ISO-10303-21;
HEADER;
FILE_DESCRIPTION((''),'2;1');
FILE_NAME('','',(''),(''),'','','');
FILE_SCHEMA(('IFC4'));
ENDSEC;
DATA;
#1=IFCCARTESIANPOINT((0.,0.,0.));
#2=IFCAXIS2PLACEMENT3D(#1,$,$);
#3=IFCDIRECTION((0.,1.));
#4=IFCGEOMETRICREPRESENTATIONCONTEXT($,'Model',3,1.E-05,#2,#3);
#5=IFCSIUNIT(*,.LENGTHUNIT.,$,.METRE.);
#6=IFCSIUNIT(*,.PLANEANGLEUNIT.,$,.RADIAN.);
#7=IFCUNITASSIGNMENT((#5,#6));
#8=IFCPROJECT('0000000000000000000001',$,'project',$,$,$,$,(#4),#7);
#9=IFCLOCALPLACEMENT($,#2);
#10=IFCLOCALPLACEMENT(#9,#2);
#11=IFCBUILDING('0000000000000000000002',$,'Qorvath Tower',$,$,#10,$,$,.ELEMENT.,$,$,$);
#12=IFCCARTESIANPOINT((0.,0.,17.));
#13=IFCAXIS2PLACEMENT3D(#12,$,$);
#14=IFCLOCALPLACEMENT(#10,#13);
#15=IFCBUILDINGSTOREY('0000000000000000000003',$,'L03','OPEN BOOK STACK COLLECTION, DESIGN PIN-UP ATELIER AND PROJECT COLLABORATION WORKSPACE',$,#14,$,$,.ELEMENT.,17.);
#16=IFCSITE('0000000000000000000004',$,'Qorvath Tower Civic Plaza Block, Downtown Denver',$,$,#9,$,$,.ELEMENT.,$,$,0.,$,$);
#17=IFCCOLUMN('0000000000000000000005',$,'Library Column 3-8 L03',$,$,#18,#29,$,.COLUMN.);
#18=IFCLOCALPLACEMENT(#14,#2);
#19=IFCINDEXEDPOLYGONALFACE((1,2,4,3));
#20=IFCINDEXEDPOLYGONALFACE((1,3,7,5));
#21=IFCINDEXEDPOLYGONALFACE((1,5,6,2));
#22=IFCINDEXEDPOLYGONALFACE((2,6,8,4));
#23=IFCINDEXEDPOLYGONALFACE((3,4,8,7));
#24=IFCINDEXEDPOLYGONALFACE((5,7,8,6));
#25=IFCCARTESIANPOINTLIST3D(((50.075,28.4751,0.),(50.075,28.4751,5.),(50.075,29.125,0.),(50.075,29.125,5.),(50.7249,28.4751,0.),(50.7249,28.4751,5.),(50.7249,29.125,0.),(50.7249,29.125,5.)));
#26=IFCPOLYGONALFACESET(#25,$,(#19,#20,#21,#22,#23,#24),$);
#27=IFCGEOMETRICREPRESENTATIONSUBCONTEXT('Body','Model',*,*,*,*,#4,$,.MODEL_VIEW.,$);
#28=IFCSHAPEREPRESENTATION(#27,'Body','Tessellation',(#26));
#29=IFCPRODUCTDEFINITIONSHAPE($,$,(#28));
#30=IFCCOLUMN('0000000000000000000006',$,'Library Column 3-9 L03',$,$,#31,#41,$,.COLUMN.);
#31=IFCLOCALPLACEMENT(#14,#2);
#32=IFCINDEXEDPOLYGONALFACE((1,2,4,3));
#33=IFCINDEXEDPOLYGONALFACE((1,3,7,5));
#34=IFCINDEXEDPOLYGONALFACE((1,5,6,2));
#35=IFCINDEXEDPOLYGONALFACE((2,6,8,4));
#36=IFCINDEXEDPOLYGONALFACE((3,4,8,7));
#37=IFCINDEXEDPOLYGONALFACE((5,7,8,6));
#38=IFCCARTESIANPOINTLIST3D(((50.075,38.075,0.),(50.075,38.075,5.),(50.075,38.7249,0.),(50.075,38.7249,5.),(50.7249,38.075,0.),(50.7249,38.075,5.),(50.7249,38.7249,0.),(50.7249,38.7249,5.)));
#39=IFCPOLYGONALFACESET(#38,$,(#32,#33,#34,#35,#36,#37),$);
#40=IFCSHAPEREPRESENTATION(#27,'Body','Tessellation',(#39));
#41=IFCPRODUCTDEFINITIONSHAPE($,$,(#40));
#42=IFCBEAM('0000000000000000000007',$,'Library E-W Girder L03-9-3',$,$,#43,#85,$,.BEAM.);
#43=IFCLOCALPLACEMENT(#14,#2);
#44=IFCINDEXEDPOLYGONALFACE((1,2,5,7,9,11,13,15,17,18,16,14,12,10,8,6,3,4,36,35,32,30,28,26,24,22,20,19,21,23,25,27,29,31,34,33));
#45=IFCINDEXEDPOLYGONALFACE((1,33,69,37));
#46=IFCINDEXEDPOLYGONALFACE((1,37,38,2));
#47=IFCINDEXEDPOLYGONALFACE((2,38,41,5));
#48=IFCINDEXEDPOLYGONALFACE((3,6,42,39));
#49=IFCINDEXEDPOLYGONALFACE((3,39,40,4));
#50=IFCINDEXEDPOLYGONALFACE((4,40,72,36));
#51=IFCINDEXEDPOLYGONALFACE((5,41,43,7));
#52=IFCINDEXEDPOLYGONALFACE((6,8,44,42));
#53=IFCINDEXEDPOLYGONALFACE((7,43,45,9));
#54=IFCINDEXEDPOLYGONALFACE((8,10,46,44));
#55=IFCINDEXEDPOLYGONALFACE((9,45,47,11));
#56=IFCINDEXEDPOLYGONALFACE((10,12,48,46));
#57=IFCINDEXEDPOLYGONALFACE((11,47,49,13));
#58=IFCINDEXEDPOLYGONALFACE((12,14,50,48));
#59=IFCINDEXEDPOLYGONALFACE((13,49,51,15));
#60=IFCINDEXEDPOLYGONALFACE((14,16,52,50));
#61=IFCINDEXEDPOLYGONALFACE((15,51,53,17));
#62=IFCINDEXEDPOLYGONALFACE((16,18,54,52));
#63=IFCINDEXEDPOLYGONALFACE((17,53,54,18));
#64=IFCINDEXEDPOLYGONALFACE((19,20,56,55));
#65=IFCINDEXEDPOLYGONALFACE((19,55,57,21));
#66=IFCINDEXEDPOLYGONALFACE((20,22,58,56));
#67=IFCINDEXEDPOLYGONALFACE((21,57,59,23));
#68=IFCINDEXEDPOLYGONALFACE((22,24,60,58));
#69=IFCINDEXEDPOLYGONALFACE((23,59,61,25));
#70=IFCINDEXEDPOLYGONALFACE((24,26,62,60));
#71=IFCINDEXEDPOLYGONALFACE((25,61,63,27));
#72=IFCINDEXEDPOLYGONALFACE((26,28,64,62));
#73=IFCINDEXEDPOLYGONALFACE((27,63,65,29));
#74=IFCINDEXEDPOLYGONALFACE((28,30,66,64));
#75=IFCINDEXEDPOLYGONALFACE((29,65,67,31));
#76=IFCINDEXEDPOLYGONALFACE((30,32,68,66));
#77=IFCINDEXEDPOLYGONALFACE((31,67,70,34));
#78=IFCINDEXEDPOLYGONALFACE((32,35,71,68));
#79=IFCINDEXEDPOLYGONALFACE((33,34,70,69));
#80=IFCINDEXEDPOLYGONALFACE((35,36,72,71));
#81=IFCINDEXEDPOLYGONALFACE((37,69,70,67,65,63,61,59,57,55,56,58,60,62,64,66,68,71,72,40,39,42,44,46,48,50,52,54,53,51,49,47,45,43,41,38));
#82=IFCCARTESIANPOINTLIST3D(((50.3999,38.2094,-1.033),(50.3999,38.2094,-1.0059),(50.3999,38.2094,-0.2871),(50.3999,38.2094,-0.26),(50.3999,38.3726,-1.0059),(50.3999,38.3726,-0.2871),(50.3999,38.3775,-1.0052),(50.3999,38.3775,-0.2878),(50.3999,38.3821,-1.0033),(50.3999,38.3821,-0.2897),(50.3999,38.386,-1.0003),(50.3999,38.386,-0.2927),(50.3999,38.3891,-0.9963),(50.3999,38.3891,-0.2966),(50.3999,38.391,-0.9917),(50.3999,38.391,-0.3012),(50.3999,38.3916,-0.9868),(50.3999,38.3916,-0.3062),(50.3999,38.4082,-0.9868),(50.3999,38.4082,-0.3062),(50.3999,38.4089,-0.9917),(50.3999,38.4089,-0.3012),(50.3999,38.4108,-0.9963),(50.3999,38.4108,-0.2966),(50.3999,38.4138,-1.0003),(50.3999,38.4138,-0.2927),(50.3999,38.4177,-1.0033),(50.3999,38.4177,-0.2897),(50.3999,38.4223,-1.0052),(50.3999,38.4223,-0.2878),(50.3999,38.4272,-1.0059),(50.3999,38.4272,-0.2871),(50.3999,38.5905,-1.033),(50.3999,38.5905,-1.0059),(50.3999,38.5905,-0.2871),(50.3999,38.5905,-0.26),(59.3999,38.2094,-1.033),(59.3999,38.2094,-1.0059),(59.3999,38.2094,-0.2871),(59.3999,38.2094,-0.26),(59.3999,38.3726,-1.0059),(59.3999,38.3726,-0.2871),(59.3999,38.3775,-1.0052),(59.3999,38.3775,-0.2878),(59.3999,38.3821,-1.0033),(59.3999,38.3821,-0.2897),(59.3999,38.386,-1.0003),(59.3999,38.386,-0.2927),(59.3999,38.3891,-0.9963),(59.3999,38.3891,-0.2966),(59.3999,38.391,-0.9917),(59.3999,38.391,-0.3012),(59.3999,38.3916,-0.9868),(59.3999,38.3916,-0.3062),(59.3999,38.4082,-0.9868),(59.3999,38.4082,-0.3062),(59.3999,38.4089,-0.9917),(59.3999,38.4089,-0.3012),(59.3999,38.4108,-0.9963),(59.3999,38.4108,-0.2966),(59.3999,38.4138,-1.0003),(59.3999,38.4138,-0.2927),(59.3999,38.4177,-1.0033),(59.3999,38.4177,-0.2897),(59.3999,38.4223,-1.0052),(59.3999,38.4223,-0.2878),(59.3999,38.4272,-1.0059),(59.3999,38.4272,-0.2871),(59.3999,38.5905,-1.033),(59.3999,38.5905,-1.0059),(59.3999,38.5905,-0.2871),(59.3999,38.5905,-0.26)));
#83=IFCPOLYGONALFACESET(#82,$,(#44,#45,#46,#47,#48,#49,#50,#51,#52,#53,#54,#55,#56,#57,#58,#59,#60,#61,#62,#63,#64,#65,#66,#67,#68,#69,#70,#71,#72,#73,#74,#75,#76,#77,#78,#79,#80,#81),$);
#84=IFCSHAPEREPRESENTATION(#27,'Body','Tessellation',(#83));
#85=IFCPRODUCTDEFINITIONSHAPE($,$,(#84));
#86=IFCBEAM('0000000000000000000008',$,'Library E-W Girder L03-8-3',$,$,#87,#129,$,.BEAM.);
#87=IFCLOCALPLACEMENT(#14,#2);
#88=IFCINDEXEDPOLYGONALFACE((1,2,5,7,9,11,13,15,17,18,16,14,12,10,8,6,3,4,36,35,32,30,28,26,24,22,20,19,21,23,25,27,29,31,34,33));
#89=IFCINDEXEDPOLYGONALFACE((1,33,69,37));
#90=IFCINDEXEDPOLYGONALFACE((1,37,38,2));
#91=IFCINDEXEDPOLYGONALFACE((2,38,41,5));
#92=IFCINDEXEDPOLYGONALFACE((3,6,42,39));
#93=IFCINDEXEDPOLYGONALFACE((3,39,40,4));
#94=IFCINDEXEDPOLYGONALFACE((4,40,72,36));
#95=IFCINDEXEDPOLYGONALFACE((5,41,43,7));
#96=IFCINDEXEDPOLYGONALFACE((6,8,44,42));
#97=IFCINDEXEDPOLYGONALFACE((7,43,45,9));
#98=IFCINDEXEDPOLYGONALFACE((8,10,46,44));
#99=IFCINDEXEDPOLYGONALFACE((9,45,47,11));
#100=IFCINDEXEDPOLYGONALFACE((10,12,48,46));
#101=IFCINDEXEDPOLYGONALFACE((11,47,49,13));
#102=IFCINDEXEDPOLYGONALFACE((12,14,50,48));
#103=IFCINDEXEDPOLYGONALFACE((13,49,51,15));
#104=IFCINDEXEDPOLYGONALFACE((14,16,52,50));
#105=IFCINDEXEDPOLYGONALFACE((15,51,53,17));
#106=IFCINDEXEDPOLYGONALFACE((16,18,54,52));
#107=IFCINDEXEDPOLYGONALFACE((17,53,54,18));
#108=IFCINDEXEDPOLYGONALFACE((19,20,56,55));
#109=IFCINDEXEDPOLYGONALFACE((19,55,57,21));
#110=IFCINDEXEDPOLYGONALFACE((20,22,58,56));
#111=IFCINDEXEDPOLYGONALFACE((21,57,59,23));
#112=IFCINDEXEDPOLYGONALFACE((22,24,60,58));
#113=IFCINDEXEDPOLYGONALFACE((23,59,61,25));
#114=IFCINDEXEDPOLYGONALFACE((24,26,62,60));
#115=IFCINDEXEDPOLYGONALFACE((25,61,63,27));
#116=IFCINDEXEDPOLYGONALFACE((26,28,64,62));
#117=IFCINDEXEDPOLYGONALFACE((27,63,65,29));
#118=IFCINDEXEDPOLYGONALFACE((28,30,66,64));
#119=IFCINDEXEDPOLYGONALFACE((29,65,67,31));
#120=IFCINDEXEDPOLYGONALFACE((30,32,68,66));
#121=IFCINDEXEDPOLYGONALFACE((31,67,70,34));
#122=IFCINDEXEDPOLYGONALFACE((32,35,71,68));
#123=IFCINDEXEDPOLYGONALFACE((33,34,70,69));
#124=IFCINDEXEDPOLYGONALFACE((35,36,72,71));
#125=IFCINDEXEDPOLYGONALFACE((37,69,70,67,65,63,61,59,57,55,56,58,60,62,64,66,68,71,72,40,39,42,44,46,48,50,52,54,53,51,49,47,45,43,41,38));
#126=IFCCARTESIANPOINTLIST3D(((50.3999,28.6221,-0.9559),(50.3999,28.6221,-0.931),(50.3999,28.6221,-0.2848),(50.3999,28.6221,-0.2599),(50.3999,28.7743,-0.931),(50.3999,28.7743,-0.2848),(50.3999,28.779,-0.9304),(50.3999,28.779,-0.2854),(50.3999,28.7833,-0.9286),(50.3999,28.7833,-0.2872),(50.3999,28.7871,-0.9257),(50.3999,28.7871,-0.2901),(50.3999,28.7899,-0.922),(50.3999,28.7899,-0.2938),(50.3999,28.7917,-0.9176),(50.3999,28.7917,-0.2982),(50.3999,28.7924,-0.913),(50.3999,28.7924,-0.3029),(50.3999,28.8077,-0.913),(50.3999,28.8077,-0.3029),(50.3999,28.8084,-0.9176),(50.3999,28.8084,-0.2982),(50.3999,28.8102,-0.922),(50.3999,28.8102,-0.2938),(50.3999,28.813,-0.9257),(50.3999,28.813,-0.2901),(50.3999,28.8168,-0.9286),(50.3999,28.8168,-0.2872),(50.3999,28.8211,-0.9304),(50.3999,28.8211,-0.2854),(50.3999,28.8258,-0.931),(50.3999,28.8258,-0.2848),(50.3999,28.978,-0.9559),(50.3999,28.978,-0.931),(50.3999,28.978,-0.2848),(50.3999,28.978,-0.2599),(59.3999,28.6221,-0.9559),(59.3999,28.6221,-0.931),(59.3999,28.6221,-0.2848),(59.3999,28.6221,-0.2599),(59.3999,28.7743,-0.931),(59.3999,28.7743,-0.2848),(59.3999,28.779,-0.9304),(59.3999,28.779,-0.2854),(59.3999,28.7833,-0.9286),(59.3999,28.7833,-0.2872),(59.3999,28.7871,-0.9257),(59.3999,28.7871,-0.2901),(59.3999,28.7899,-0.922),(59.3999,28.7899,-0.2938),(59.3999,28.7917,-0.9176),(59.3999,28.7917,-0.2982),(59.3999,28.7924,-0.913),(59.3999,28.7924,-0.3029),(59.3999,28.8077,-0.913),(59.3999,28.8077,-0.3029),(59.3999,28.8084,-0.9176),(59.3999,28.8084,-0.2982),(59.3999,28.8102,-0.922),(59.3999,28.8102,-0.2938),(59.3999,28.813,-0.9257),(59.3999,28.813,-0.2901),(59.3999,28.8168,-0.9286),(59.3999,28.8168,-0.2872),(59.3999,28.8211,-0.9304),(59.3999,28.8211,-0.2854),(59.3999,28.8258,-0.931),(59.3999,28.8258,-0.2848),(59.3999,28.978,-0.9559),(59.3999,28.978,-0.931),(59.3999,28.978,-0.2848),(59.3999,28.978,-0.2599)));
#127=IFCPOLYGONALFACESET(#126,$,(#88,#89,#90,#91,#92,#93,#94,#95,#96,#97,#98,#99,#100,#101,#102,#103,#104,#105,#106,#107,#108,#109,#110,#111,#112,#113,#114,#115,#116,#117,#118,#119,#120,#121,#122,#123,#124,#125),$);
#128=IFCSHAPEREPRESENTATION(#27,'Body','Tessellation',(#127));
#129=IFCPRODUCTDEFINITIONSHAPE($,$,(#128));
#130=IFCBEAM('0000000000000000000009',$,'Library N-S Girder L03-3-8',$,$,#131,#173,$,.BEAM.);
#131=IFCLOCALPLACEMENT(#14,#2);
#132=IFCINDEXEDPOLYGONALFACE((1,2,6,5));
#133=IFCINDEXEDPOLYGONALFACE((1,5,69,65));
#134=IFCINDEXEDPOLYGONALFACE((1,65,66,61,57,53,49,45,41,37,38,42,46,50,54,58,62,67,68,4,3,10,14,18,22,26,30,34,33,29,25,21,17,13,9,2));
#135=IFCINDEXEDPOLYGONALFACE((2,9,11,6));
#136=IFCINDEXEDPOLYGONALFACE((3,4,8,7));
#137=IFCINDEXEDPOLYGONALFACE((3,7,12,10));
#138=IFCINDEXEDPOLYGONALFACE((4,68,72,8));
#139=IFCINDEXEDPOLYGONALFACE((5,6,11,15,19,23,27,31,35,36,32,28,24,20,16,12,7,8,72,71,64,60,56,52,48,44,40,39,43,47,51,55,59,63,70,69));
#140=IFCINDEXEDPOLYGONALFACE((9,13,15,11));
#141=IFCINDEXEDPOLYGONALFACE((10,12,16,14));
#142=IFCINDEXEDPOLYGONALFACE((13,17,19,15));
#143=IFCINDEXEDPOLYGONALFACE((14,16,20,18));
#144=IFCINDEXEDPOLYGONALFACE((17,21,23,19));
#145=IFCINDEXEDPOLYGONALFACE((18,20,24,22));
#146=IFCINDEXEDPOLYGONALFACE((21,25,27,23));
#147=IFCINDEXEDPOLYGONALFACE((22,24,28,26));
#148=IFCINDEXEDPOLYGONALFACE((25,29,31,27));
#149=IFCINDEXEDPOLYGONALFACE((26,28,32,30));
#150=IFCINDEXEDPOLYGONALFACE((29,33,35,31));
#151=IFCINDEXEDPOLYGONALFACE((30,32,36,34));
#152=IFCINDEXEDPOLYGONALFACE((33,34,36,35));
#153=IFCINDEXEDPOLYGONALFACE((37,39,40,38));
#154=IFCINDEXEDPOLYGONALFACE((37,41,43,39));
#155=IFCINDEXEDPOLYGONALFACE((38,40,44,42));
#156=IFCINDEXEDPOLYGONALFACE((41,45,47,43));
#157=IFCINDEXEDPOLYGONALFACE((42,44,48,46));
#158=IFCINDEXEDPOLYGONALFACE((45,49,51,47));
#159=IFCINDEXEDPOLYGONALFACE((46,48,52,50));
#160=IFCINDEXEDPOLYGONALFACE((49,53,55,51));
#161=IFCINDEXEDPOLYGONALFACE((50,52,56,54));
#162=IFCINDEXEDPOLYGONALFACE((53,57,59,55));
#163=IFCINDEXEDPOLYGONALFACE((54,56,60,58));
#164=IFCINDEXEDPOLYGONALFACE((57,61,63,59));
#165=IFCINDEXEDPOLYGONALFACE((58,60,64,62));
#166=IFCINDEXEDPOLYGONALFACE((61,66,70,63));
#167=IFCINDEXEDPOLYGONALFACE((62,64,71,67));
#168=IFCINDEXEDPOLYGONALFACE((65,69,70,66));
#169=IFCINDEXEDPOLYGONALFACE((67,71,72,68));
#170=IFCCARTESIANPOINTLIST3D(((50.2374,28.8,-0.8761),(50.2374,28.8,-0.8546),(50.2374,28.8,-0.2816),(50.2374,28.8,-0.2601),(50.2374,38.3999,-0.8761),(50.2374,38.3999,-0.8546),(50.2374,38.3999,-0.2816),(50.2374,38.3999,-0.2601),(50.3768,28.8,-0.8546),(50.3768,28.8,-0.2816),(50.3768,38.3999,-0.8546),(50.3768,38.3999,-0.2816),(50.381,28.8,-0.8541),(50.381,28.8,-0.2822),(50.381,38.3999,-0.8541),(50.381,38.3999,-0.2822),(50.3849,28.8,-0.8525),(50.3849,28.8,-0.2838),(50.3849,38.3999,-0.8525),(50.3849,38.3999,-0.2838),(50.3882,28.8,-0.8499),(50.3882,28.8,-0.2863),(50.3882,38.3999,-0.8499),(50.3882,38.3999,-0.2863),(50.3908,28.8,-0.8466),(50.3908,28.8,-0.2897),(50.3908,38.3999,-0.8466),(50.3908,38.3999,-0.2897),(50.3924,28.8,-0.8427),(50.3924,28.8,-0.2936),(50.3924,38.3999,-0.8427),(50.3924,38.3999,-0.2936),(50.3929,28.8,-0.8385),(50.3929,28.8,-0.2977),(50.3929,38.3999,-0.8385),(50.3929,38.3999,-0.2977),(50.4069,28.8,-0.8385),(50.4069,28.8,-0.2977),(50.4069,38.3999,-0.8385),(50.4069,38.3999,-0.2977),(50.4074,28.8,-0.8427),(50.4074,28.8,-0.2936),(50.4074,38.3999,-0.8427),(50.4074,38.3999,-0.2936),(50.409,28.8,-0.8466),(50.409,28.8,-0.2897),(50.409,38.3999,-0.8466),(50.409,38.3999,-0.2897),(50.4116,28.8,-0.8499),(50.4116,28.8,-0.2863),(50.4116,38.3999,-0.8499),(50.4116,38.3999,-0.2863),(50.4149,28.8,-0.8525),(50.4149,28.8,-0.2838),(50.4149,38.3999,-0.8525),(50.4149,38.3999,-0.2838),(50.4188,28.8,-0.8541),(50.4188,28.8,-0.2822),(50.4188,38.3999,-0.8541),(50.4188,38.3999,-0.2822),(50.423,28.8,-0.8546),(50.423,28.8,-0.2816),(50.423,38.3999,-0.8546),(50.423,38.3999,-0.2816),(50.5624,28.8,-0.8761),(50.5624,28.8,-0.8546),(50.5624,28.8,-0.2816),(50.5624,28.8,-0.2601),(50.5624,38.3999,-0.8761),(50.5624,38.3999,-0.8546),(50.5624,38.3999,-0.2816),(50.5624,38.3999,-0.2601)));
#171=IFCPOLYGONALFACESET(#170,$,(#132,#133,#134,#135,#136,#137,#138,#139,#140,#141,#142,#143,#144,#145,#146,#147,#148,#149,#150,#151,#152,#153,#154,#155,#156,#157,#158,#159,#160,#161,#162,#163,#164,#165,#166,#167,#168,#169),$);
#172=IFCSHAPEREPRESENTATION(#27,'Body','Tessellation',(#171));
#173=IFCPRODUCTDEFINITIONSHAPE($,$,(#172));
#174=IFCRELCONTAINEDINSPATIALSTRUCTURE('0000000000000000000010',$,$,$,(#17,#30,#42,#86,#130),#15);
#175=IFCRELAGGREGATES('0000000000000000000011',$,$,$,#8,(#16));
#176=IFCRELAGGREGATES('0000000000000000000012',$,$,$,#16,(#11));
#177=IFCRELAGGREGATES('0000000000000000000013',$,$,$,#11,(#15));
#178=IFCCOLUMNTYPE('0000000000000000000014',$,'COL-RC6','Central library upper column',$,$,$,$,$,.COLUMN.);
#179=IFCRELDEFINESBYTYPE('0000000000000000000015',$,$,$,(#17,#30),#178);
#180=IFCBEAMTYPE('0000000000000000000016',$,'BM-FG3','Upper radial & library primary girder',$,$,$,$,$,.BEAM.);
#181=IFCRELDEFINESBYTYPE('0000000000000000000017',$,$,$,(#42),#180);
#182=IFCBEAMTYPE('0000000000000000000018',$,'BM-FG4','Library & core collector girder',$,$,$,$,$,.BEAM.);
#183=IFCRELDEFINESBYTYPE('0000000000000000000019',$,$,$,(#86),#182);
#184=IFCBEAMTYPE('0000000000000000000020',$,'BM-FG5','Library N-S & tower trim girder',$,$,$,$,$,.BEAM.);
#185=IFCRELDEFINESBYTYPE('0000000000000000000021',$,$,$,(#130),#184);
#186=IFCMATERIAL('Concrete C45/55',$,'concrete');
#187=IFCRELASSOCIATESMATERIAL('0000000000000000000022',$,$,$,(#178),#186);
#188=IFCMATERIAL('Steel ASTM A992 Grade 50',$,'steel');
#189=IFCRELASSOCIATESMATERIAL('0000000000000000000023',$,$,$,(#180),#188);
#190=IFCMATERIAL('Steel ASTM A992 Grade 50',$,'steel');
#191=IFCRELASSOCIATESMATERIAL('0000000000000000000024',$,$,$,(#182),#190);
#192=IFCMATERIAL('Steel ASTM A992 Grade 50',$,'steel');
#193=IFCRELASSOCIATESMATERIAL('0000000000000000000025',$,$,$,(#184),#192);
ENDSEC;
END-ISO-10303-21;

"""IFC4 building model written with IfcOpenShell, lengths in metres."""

from ifc_helpers import new_model, si_unit, direction, frame, origin, origin_2d, place, context, subcontext, project, spatial, rectangle, i_section, extrude, material, material_profile, profile_set, type_object, element, save


model = new_model("IFC4")

# Units and contexts
model_context = context("Model", 3, precision=1e-05, world=origin(), true_north=direction((0.0, 1.0)))
body_context = subcontext(model_context, "Body", "Model", "MODEL_VIEW")
ifc_project = project(units=[si_unit("LENGTHUNIT", "METRE"), si_unit("PLANEANGLEUNIT", "RADIAN")], contexts=[model_context])

# Site, building, storey
site_placement = place(None, origin())
site = spatial("IfcSite", under=ifc_project, at=site_placement, Name="Qorvath Tower Civic Plaza Block, Downtown Denver", CompositionType="ELEMENT", RefElevation=0.0)
building_placement = place(site_placement, origin())
building = spatial("IfcBuilding", under=site, at=building_placement, Name="Qorvath Tower", CompositionType="ELEMENT")
storey_placement = place(building_placement, frame((0.0, 0.0, 17.0)))
storey = spatial("IfcBuildingStorey", under=building, at=storey_placement, Name="L03", Description="OPEN BOOK STACK COLLECTION, DESIGN PIN-UP ATELIER AND PROJECT COLLABORATION WORKSPACE", CompositionType="ELEMENT", Elevation=17.0)

# Columns
ifc_material_1 = material(Name="Concrete C45/55", Category="concrete")
ifc_material_profile_1 = material_profile(ifc_material_1, rectangle(XDim=0.6499, YDim=0.6499, at=origin_2d()), Name="RC 650x650")
ifc_profile_set_1 = profile_set([ifc_material_profile_1], Name="Concrete C45/55")
column_type = type_object("IfcColumnType", Name="COL-RC6", Description="Central library upper column", PredefinedType="COLUMN", material=ifc_profile_set_1)
for number, where, z_axis, x_axis, name in (
    (1, (50.3999, 28.8, 0.0), (0.0, 0.0, 1.0), (1.0, 0.0, 0.0), "Library Column 3-8 L03"),
    (2, (50.3999, 38.3999, 0.0), (0.0, 0.0, 1.0), (1.0, 0.0, 0.0), "Library Column 3-9 L03"),
):
    element("IfcColumn", number, at=place(storey_placement, frame(where, z_axis=z_axis, x_axis=x_axis)), inside=storey, type_object=column_type, Name=name, PredefinedType="COLUMN", context=body_context, shape_type="SweptSolid", body=[
        extrude(rectangle(XDim=0.6499, YDim=0.6499, at=origin_2d()), origin(), (0.0, 0.0, 1.0), 5.0),
    ])

# Beams
ifc_material_2 = material(Name="Steel ASTM A992 Grade 50", Category="steel")
ifc_material_profile_2 = material_profile(ifc_material_2, i_section(OverallWidth=0.3811, OverallDepth=0.7729, WebThickness=0.0166, FlangeThickness=0.0271, FilletRadius=0.019, at=origin_2d()), Name="W30x173")
ifc_profile_set_2 = profile_set([ifc_material_profile_2], Name="Steel ASTM A992 Grade 50")
beam_type_1 = type_object("IfcBeamType", Name="BM-FG3", Description="Upper radial & library primary girder", PredefinedType="BEAM", material=ifc_profile_set_2)
beam_1_placement = place(storey_placement, frame((50.3999, 38.3999, -0.6465), z_axis=(1.0, 0.0, 0.0), x_axis=(0.0, 1.0, 0.0)))
element("IfcBeam", 3, at=beam_1_placement, inside=storey, type_object=beam_type_1, Name="Library E-W Girder L03-9-3", PredefinedType="BEAM", context=body_context, shape_type="SweptSolid", body=[
    extrude(i_section(OverallWidth=0.3811, OverallDepth=0.7729, WebThickness=0.0166, FlangeThickness=0.0271, FilletRadius=0.019, at=origin_2d()), origin(), (0.0, 0.0, 1.0), 9.0),
])
ifc_material_3 = material(Name="Steel ASTM A992 Grade 50", Category="steel")
ifc_material_profile_3 = material_profile(ifc_material_3, i_section(OverallWidth=0.356, OverallDepth=0.696, WebThickness=0.0154, FlangeThickness=0.0249, FilletRadius=0.0181, at=origin_2d()), Name="W27x146")
ifc_profile_set_3 = profile_set([ifc_material_profile_3], Name="Steel ASTM A992 Grade 50")
beam_type_2 = type_object("IfcBeamType", Name="BM-FG4", Description="Library & core collector girder", PredefinedType="BEAM", material=ifc_profile_set_3)
beam_2_placement = place(storey_placement, frame((50.3999, 28.8, -0.6079), z_axis=(1.0, 0.0, 0.0), x_axis=(0.0, 1.0, 0.0)))
element("IfcBeam", 4, at=beam_2_placement, inside=storey, type_object=beam_type_2, Name="Library E-W Girder L03-8-3", PredefinedType="BEAM", context=body_context, shape_type="SweptSolid", body=[
    extrude(i_section(OverallWidth=0.356, OverallDepth=0.696, WebThickness=0.0154, FlangeThickness=0.0249, FilletRadius=0.0181, at=origin_2d()), origin(), (0.0, 0.0, 1.0), 9.0),
])
ifc_material_4 = material(Name="Steel ASTM A992 Grade 50", Category="steel")
ifc_material_profile_4 = material_profile(ifc_material_4, i_section(OverallWidth=0.325, OverallDepth=0.616, WebThickness=0.0139, FlangeThickness=0.0215, FilletRadius=0.0161, at=origin_2d()), Name="W24x117")
ifc_profile_set_4 = profile_set([ifc_material_profile_4], Name="Steel ASTM A992 Grade 50")
beam_type_3 = type_object("IfcBeamType", Name="BM-FG5", Description="Library N-S & tower trim girder", PredefinedType="BEAM", material=ifc_profile_set_4)
beam_3_placement = place(storey_placement, frame((50.3999, 28.8, -0.5681), z_axis=(0.0, 1.0, 0.0), x_axis=(-1.0, 0.0, 0.0)))
element("IfcBeam", 5, at=beam_3_placement, inside=storey, type_object=beam_type_3, Name="Library N-S Girder L03-3-8", PredefinedType="BEAM", context=body_context, shape_type="SweptSolid", body=[
    extrude(i_section(OverallWidth=0.325, OverallDepth=0.616, WebThickness=0.0139, FlangeThickness=0.0215, FilletRadius=0.0161, at=origin_2d()), origin(), (0.0, 0.0, 1.0), 9.5999),
])

save(model, "model.ifc")
